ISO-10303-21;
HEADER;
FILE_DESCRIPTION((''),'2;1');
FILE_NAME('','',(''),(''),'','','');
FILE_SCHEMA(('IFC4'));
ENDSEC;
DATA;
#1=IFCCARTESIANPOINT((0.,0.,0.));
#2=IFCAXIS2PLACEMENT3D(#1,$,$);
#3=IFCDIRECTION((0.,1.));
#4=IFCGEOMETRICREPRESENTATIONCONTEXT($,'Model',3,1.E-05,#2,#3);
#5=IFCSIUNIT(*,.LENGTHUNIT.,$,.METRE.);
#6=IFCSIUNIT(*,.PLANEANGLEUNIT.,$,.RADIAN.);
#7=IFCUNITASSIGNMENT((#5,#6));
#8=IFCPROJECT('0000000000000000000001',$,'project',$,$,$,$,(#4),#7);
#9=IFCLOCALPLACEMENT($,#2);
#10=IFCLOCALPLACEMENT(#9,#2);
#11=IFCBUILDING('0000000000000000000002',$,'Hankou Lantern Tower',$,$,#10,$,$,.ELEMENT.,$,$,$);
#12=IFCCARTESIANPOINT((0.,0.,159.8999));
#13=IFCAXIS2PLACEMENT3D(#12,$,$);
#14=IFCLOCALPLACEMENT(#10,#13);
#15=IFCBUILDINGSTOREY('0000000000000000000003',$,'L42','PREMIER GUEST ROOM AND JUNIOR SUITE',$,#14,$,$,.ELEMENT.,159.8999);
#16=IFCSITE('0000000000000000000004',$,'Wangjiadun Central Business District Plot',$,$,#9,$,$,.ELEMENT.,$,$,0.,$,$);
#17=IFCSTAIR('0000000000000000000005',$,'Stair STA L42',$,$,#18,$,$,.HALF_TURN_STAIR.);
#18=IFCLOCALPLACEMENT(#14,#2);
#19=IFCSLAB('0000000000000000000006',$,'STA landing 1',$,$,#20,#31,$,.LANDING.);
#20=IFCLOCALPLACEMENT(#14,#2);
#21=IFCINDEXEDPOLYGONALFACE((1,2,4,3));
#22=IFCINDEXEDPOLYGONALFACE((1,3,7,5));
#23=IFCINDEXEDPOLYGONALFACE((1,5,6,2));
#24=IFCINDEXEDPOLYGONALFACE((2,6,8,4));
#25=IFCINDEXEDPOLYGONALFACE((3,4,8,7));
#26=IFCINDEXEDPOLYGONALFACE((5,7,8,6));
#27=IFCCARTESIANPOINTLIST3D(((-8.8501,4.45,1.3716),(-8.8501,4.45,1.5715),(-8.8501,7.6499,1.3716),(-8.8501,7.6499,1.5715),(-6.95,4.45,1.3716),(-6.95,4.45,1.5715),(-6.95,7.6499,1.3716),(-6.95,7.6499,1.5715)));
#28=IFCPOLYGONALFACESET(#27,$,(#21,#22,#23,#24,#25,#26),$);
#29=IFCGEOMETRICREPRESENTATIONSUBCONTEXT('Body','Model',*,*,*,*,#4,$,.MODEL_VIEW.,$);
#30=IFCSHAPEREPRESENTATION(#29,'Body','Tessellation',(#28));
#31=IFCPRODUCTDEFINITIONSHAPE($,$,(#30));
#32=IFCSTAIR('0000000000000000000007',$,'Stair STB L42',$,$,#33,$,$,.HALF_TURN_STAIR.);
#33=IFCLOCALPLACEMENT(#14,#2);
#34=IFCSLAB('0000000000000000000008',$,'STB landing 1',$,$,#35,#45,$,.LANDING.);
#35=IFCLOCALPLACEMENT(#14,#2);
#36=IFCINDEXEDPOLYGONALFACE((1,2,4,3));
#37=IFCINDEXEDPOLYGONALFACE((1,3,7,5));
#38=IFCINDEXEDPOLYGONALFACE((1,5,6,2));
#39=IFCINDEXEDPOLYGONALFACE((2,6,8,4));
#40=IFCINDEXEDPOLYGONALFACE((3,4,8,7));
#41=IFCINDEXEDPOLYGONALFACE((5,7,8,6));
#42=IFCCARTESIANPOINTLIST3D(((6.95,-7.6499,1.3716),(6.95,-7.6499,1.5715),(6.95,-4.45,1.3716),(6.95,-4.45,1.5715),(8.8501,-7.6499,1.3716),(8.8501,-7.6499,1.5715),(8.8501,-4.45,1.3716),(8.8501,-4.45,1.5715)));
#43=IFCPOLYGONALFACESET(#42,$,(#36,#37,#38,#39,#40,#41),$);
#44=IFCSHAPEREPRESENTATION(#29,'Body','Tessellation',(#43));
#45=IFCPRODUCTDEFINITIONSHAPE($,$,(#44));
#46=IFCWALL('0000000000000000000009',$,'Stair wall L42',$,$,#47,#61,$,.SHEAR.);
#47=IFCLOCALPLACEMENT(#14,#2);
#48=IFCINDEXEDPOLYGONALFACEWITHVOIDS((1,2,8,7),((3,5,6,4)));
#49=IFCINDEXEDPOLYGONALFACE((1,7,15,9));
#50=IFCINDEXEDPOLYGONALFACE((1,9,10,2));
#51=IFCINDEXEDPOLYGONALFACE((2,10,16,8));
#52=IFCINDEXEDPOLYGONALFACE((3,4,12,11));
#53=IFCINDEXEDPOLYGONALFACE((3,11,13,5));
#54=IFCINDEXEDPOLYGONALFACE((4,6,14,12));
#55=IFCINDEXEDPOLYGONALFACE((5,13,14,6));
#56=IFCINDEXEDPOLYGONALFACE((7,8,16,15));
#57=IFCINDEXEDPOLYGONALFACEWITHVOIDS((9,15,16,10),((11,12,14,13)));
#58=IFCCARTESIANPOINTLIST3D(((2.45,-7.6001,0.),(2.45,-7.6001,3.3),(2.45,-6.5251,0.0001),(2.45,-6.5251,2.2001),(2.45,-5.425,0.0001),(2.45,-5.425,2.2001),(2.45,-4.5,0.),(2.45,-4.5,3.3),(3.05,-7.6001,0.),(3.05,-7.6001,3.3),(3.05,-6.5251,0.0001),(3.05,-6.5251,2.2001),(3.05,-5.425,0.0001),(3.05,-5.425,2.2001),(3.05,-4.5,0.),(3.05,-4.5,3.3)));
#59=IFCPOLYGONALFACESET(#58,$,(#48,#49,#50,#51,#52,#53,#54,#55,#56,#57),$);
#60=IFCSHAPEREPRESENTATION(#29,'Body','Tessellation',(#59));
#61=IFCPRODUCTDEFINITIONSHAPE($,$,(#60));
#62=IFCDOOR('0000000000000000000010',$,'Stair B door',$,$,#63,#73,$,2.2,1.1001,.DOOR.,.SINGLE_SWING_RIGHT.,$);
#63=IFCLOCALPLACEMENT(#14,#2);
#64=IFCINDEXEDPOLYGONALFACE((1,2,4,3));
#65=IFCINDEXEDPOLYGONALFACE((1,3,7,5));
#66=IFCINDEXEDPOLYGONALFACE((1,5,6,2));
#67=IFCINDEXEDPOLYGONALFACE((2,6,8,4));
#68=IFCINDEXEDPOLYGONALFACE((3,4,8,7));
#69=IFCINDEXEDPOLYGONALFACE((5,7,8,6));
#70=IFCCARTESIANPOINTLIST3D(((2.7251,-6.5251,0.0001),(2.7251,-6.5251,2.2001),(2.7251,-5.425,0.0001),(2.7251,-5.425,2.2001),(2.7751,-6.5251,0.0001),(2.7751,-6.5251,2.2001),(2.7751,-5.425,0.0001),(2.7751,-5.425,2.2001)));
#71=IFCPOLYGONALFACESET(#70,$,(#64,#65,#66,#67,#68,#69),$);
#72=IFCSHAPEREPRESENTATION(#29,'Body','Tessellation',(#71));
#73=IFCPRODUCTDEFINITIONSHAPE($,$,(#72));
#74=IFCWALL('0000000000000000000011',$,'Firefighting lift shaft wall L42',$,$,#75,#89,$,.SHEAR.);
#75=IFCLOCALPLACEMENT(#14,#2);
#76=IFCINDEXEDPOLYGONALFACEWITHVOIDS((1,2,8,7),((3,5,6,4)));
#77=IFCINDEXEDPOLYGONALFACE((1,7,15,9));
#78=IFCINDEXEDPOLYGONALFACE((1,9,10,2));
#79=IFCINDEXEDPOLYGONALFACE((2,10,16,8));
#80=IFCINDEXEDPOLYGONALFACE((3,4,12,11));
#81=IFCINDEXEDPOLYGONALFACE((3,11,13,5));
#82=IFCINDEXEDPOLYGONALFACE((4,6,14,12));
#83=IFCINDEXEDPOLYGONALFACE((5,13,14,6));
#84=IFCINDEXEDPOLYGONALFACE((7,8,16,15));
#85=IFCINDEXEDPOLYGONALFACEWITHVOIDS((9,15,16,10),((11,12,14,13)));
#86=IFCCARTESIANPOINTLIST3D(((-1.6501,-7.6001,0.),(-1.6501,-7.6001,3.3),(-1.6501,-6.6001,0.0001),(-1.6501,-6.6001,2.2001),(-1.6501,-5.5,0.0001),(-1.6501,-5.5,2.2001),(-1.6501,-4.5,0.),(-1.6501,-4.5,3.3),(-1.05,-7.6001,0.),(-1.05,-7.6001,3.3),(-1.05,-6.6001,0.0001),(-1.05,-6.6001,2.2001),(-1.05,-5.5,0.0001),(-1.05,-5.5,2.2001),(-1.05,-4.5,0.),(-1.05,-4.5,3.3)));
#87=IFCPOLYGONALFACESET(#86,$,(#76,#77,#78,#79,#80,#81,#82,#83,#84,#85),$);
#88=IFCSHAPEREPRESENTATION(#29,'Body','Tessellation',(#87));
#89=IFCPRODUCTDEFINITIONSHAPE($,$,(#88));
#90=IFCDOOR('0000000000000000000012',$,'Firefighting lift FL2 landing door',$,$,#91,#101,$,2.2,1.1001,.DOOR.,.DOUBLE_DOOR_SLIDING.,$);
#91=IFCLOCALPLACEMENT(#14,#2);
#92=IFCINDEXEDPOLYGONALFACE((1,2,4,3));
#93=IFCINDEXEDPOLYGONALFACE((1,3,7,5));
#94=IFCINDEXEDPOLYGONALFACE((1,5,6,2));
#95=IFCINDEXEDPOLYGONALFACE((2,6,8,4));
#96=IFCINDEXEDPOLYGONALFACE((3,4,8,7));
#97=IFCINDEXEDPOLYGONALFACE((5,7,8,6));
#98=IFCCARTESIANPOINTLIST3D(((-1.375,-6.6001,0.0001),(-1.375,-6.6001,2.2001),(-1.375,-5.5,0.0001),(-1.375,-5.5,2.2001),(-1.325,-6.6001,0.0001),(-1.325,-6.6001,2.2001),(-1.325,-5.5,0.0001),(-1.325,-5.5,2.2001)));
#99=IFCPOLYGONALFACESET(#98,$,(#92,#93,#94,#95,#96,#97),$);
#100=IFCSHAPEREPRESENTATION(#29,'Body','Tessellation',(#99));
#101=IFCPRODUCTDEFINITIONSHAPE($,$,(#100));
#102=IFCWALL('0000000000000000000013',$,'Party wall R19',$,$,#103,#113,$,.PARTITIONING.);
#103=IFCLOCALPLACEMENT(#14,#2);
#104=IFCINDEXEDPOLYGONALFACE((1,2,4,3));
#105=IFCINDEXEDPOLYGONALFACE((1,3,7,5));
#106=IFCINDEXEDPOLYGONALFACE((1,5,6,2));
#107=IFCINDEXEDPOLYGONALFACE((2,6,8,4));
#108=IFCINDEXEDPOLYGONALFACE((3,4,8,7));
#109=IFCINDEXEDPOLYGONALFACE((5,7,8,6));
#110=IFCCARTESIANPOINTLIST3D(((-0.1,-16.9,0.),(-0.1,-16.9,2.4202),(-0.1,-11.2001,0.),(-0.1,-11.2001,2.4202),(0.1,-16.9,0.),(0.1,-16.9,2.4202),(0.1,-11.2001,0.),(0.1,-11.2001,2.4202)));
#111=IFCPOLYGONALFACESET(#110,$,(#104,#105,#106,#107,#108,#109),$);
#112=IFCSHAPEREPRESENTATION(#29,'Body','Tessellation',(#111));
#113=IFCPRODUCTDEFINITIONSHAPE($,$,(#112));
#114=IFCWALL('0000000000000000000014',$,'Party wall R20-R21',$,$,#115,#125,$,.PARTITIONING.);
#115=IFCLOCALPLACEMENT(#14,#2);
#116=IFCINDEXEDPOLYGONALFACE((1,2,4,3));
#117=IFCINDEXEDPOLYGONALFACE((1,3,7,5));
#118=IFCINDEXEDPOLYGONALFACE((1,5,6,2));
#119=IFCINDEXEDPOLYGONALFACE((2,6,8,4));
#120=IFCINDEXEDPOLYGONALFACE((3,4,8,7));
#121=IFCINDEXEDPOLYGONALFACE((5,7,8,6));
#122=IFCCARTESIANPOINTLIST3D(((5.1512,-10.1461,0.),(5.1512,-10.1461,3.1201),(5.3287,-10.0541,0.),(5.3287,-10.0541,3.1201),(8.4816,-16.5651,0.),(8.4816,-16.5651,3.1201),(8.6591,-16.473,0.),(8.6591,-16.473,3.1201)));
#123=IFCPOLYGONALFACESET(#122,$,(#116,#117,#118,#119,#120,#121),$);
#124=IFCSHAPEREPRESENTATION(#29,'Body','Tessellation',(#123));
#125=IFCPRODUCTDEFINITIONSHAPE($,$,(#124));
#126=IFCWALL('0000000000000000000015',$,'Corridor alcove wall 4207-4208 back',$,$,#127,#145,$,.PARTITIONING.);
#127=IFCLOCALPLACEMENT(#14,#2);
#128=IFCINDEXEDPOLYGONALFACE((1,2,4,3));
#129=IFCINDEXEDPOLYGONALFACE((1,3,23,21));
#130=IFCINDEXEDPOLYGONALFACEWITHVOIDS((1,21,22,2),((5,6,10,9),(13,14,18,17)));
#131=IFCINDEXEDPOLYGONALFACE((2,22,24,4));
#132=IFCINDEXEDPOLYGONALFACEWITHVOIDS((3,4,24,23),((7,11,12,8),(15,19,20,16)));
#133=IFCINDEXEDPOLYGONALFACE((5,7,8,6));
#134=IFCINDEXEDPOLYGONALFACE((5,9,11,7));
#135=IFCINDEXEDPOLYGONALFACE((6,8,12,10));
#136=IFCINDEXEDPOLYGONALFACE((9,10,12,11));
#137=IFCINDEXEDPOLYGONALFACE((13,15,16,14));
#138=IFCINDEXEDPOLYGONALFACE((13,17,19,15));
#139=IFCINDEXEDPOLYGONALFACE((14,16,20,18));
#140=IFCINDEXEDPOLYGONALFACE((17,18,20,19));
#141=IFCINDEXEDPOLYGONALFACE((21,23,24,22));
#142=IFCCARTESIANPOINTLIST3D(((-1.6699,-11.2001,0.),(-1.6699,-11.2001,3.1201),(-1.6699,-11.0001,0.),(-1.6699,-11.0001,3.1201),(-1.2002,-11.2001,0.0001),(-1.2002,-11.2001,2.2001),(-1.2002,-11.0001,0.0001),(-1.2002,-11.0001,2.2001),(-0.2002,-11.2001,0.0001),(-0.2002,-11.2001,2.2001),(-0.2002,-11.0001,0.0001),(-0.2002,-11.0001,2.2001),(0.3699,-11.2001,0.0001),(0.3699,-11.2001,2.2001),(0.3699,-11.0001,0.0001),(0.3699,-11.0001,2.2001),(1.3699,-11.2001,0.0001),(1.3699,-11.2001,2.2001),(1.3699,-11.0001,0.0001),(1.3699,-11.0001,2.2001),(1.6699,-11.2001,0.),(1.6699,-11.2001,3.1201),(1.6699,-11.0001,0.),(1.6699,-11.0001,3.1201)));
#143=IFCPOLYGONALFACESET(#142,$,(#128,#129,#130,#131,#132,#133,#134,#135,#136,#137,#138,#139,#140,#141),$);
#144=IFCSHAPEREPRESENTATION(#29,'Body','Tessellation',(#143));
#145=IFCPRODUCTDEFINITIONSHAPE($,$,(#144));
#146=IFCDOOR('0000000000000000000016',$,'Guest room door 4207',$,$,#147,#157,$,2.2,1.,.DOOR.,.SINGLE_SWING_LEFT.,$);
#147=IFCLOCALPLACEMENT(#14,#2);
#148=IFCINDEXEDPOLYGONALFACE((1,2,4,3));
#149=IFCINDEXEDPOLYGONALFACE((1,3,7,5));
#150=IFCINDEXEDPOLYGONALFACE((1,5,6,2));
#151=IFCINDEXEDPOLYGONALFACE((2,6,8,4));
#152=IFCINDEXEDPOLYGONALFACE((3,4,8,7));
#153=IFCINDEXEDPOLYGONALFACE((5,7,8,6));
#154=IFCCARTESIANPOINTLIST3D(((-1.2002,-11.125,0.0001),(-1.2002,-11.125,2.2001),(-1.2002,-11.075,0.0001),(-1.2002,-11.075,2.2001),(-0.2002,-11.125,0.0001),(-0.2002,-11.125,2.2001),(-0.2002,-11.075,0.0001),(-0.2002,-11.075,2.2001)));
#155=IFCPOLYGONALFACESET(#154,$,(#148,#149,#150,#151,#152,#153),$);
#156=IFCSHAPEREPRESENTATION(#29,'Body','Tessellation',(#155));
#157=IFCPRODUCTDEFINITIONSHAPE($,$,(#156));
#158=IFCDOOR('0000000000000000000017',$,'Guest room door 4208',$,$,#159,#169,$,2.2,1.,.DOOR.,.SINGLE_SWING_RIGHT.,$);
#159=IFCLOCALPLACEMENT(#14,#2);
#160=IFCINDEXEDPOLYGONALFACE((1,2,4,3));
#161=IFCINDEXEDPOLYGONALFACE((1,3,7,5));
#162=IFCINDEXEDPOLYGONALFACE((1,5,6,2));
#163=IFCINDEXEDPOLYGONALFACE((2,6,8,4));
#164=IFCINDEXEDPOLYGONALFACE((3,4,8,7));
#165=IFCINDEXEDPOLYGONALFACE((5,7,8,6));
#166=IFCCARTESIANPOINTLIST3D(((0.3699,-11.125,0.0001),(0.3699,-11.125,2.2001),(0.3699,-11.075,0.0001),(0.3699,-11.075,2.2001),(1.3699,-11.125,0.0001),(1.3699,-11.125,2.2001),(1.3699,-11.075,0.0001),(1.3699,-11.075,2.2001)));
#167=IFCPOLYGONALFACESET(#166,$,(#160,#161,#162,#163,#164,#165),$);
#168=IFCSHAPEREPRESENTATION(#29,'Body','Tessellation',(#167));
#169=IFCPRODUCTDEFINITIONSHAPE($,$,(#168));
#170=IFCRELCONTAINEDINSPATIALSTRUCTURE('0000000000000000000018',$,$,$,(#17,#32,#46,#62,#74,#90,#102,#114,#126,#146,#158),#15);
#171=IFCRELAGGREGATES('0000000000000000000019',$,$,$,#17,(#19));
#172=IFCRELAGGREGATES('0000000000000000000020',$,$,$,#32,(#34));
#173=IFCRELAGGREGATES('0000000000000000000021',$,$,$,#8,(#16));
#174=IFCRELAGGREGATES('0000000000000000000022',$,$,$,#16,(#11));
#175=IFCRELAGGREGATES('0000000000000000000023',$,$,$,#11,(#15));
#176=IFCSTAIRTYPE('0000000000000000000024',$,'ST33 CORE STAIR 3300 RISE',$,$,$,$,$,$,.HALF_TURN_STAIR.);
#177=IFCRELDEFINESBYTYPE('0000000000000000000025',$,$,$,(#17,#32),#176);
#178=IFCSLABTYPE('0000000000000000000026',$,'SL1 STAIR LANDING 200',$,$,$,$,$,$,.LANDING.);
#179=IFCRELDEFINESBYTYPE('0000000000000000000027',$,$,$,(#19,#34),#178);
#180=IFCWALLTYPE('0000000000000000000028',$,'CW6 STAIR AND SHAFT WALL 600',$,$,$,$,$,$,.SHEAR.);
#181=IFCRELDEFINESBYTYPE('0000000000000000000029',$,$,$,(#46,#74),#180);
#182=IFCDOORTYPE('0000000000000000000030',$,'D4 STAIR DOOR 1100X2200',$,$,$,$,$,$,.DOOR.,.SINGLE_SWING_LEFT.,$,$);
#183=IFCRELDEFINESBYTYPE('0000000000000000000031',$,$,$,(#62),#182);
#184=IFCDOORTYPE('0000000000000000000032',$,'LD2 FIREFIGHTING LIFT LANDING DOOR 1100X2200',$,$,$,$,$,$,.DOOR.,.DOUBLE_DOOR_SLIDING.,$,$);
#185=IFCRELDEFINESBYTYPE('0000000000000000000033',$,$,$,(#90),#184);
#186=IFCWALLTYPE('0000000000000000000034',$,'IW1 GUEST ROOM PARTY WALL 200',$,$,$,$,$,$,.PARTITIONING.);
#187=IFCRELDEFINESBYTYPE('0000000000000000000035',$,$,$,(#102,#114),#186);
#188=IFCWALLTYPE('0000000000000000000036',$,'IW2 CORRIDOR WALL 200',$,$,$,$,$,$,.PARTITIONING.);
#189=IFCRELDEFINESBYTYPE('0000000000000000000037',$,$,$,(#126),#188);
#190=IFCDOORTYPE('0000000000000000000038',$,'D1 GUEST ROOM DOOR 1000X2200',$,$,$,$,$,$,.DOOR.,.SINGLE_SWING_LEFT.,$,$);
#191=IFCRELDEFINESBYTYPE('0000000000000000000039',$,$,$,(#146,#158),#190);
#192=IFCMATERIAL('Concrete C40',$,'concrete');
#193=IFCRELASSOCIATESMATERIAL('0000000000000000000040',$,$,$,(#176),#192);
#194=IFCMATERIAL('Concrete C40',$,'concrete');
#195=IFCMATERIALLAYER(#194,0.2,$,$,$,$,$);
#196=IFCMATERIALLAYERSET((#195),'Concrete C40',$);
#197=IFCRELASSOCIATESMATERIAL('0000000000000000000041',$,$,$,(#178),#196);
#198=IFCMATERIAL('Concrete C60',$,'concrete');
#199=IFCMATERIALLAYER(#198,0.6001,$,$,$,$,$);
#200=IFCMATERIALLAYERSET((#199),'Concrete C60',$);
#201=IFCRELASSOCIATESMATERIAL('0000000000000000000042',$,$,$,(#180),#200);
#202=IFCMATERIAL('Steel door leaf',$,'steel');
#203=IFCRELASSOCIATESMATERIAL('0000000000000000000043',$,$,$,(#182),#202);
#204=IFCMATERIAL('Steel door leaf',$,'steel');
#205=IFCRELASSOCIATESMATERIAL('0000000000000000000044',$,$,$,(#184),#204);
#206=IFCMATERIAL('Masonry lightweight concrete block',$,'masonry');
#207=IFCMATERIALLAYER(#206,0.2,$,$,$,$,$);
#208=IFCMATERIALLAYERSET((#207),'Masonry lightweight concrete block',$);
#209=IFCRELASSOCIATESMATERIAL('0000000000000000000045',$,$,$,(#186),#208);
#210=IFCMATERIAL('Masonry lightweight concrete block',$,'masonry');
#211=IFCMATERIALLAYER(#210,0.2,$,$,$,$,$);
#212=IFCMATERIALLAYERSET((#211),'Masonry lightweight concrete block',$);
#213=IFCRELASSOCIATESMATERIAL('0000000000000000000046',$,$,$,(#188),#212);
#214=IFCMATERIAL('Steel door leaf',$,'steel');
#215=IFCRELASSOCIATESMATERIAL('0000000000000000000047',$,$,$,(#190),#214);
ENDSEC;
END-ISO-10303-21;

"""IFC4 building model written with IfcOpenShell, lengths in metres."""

from ifc_helpers import new_model, si_unit, direction, frame, frame_2d, origin, place, context, subcontext, project, spatial, polyline, rectangle, outline, extrude, material, layer, layer_set, type_object, element, fill, aggregate, save


model = new_model("IFC4")

# Units and contexts
model_context = context("Model", 3, precision=1e-05, world=origin(), true_north=direction((0.0, 1.0)))
body_context = subcontext(model_context, "Body", "Model", "MODEL_VIEW")
ifc_project = project(units=[si_unit("LENGTHUNIT", "METRE"), si_unit("PLANEANGLEUNIT", "RADIAN")], contexts=[model_context])

# Site, building, storey
site_placement = place(None, origin())
site = spatial("IfcSite", under=ifc_project, at=site_placement, Name="Wangjiadun Central Business District Plot", CompositionType="ELEMENT", RefElevation=0.0)
building_placement = place(site_placement, origin())
building = spatial("IfcBuilding", under=site, at=building_placement, Name="Hankou Lantern Tower", CompositionType="ELEMENT")
storey_placement = place(building_placement, frame((0.0, 0.0, 159.8999)))
storey = spatial("IfcBuildingStorey", under=building, at=storey_placement, Name="L42", Description="PREMIER GUEST ROOM AND JUNIOR SUITE", CompositionType="ELEMENT", Elevation=159.8999)

# Stairs, slabs
ifc_material_1 = material(Name="Concrete C40", Category="concrete")
stair_type = type_object("IfcStairType", Name="ST33 CORE STAIR 3300 RISE", PredefinedType="HALF_TURN_STAIR", material=ifc_material_1)
stair_1_placement = place(storey_placement, origin())
stair_1 = element("IfcStair", 1, at=stair_1_placement, inside=storey, type_object=stair_type, Name="Stair STA L42", PredefinedType="HALF_TURN_STAIR")
ifc_material_2 = material(Name="Concrete C40", Category="concrete")
ifc_layer_1 = layer(ifc_material_2, 0.2)
ifc_layer_set_1 = layer_set([ifc_layer_1], Name="Concrete C40")
slab_type_1 = type_object("IfcSlabType", Name="SL1 STAIR LANDING 200", PredefinedType="LANDING", material=ifc_layer_set_1)
slab_1_placement = place(storey_placement, frame((0.0, 0.0, 1.3716)))
slab_1 = element("IfcSlab", 2, at=slab_1_placement, type_object=slab_type_1, Name="STA landing 1", PredefinedType="LANDING", context=body_context, shape_type="SweptSolid", body=[
    extrude(outline(polyline([(-8.8501, 4.45), (-6.95, 4.45), (-6.95, 7.6499), (-8.8501, 7.6499), (-8.8501, 4.45)])), origin(), (0.0, 0.0, 1.0), 0.2),
])
aggregate(stair_1, [slab_1])
stair_2_placement = place(storey_placement, origin())
stair_2 = element("IfcStair", 3, at=stair_2_placement, inside=storey, type_object=stair_type, Name="Stair STB L42", PredefinedType="HALF_TURN_STAIR")
slab_2_placement = place(storey_placement, frame((0.0, 0.0, 1.3716)))
slab_2 = element("IfcSlab", 4, at=slab_2_placement, type_object=slab_type_1, Name="STB landing 1", PredefinedType="LANDING", context=body_context, shape_type="SweptSolid", body=[
    extrude(outline(polyline([(8.8501, -4.45), (6.95, -4.45), (6.95, -7.6499), (8.8501, -7.6499), (8.8501, -4.45)])), origin(), (0.0, 0.0, 1.0), 0.2),
])

# Walls, openings, doors
ifc_material_3 = material(Name="Concrete C60", Category="concrete")
ifc_layer_2 = layer(ifc_material_3, 0.6001)
ifc_layer_set_2 = layer_set([ifc_layer_2], Name="Concrete C60")
wall_type_1 = type_object("IfcWallType", Name="CW6 STAIR AND SHAFT WALL 600", PredefinedType="SHEAR", material=ifc_layer_set_2)
wall_1_placement = place(storey_placement, frame((2.75, -7.6001, 0.0), z_axis=(0.0, 0.0, 1.0), x_axis=(0.0, 1.0, 0.0)))
wall_1 = element("IfcWall", 5, at=wall_1_placement, inside=storey, type_object=wall_type_1, Name="Stair wall L42", PredefinedType="SHEAR", context=body_context, shape_type="SweptSolid", body=[
    extrude(rectangle(XDim=3.1001, YDim=0.6001, at=frame_2d((1.55, 0.0))), origin(), (0.0, 0.0, 1.0), 3.3),
])
opening_1_placement = place(wall_1_placement, frame((1.075, 0.0, 0.0)))
opening_1 = element("IfcOpeningElement", 6, at=opening_1_placement, cuts=wall_1, PredefinedType="OPENING", context=body_context, shape_type="SweptSolid", body=[
    extrude(rectangle(XDim=1.1001, YDim=2.2, at=frame_2d((0.55, 1.1001))), frame((0.0, 0.3101, 0.0), z_axis=(0.0, -1.0, 0.0), x_axis=(1.0, 0.0, 0.0)), (0.0, 0.0, 1.0), 0.6201),
])
ifc_material_4 = material(Name="Steel door leaf", Category="steel")
door_type_1 = type_object("IfcDoorType", Name="D4 STAIR DOOR 1100X2200", OperationType="SINGLE_SWING_LEFT", PredefinedType="DOOR", material=ifc_material_4)
door_1_placement = place(opening_1_placement, origin())
door_1 = element("IfcDoor", 7, at=door_1_placement, inside=storey, type_object=door_type_1, Name="Stair B door", OperationType="SINGLE_SWING_RIGHT", OverallHeight=2.2, OverallWidth=1.1001, PredefinedType="DOOR", context=body_context, shape_type="SweptSolid", body=[
    extrude(rectangle(XDim=1.1001, YDim=2.2, at=frame_2d((0.55, 1.1001))), frame((0.0, 0.0249, 0.0), z_axis=(0.0, -1.0, 0.0), x_axis=(1.0, 0.0, 0.0)), (0.0, 0.0, 1.0), 0.05),
])
fill(opening_1, door_1)
wall_2_placement = place(storey_placement, frame((-1.3501, -7.6001, 0.0), z_axis=(0.0, 0.0, 1.0), x_axis=(0.0, 1.0, 0.0)))
wall_2 = element("IfcWall", 8, at=wall_2_placement, inside=storey, type_object=wall_type_1, Name="Firefighting lift shaft wall L42", PredefinedType="SHEAR", context=body_context, shape_type="SweptSolid", body=[
    extrude(rectangle(XDim=3.1001, YDim=0.6001, at=frame_2d((1.55, 0.0))), origin(), (0.0, 0.0, 1.0), 3.3),
])
opening_2_placement = place(wall_2_placement, frame((1.0, 0.0, 0.0)))
opening_2 = element("IfcOpeningElement", 9, at=opening_2_placement, cuts=wall_2, PredefinedType="OPENING", context=body_context, shape_type="SweptSolid", body=[
    extrude(rectangle(XDim=1.1001, YDim=2.2, at=frame_2d((0.55, 1.1001))), frame((0.0, 0.3101, 0.0), z_axis=(0.0, -1.0, 0.0), x_axis=(1.0, 0.0, 0.0)), (0.0, 0.0, 1.0), 0.6201),
])
ifc_material_5 = material(Name="Steel door leaf", Category="steel")
door_type_2 = type_object("IfcDoorType", Name="LD2 FIREFIGHTING LIFT LANDING DOOR 1100X2200", OperationType="DOUBLE_DOOR_SLIDING", PredefinedType="DOOR", material=ifc_material_5)
door_2_placement = place(opening_2_placement, origin())
door_2 = element("IfcDoor", 10, at=door_2_placement, inside=storey, type_object=door_type_2, Name="Firefighting lift FL2 landing door", OperationType="DOUBLE_DOOR_SLIDING", OverallHeight=2.2, OverallWidth=1.1001, PredefinedType="DOOR", context=body_context, shape_type="SweptSolid", body=[
    extrude(rectangle(XDim=1.1001, YDim=2.2, at=frame_2d((0.55, 1.1001))), frame((0.0, 0.0249, 0.0), z_axis=(0.0, -1.0, 0.0), x_axis=(1.0, 0.0, 0.0)), (0.0, 0.0, 1.0), 0.05),
])
fill(opening_2, door_2)

# Walls
ifc_material_6 = material(Name="Masonry lightweight concrete block", Category="masonry")
ifc_layer_3 = layer(ifc_material_6, 0.2)
ifc_layer_set_3 = layer_set([ifc_layer_3], Name="Masonry lightweight concrete block")
wall_type_2 = type_object("IfcWallType", Name="IW1 GUEST ROOM PARTY WALL 200", PredefinedType="PARTITIONING", material=ifc_layer_set_3)
wall_3_placement = place(storey_placement, frame((0.0, -11.2, 0.0), z_axis=(0.0, 0.0, 1.0), x_axis=(0.0, -1.0, 0.0)))
element("IfcWall", 11, at=wall_3_placement, inside=storey, type_object=wall_type_2, Name="Party wall R19", PredefinedType="PARTITIONING", context=body_context, shape_type="SweptSolid", body=[
    extrude(rectangle(XDim=5.7, YDim=0.2, at=frame_2d((2.8501, 0.0))), origin(), (0.0, 0.0, 1.0), 2.4202),
])
wall_4_placement = place(storey_placement, frame((5.24, -10.1001, 0.0), z_axis=(0.0, 0.0, 1.0), x_axis=(0.460533, -0.887643, 0.0)))
element("IfcWall", 12, at=wall_4_placement, inside=storey, type_object=wall_type_2, Name="Party wall R20-R21", PredefinedType="PARTITIONING", context=body_context, shape_type="SweptSolid", body=[
    extrude(rectangle(XDim=7.2314, YDim=0.2, at=frame_2d((3.6157, 0.0))), origin(), (0.0, 0.0, 1.0), 3.1201),
])

# Wall, openings, doors
ifc_material_7 = material(Name="Masonry lightweight concrete block", Category="masonry")
ifc_layer_4 = layer(ifc_material_7, 0.2)
ifc_layer_set_4 = layer_set([ifc_layer_4], Name="Masonry lightweight concrete block")
wall_type_3 = type_object("IfcWallType", Name="IW2 CORRIDOR WALL 200", PredefinedType="PARTITIONING", material=ifc_layer_set_4)
wall_5_placement = place(storey_placement, frame((1.6699, -11.1001, 0.0), z_axis=(0.0, 0.0, 1.0), x_axis=(-1.0, 0.0, 0.0)))
wall_5 = element("IfcWall", 13, at=wall_5_placement, inside=storey, type_object=wall_type_3, Name="Corridor alcove wall 4207-4208 back", PredefinedType="PARTITIONING", context=body_context, shape_type="SweptSolid", body=[
    extrude(rectangle(XDim=3.3398, YDim=0.2, at=frame_2d((1.6699, 0.0))), origin(), (0.0, 0.0, 1.0), 3.1201),
])
opening_3_placement = place(wall_5_placement, frame((1.8701, 0.0, 0.0)))
opening_3 = element("IfcOpeningElement", 14, at=opening_3_placement, cuts=wall_5, PredefinedType="OPENING", context=body_context, shape_type="SweptSolid", body=[
    extrude(rectangle(XDim=1.0, YDim=2.2, at=frame_2d((0.5, 1.1001))), frame((0.0, 0.1099, 0.0), z_axis=(0.0, -1.0, 0.0), x_axis=(1.0, 0.0, 0.0)), (0.0, 0.0, 1.0), 0.22),
])
opening_4_placement = place(wall_5_placement, frame((0.3, 0.0, 0.0)))
opening_4 = element("IfcOpeningElement", 15, at=opening_4_placement, cuts=wall_5, PredefinedType="OPENING", context=body_context, shape_type="SweptSolid", body=[
    extrude(rectangle(XDim=1.0, YDim=2.2, at=frame_2d((0.5, 1.1001))), frame((0.0, 0.1099, 0.0), z_axis=(0.0, -1.0, 0.0), x_axis=(1.0, 0.0, 0.0)), (0.0, 0.0, 1.0), 0.22),
])
ifc_material_8 = material(Name="Steel door leaf", Category="steel")
door_type_3 = type_object("IfcDoorType", Name="D1 GUEST ROOM DOOR 1000X2200", OperationType="SINGLE_SWING_LEFT", PredefinedType="DOOR", material=ifc_material_8)
door_3_placement = place(opening_3_placement, origin())
door_3 = element("IfcDoor", 16, at=door_3_placement, inside=storey, type_object=door_type_3, Name="Guest room door 4207", OperationType="SINGLE_SWING_LEFT", OverallHeight=2.2, OverallWidth=1.0, PredefinedType="DOOR", context=body_context, shape_type="SweptSolid", body=[
    extrude(rectangle(XDim=1.0, YDim=2.2, at=frame_2d((0.5, 1.1001))), frame((0.0, 0.0249, 0.0), z_axis=(0.0, -1.0, 0.0), x_axis=(1.0, 0.0, 0.0)), (0.0, 0.0, 1.0), 0.05),
])
fill(opening_3, door_3)
door_4_placement = place(opening_4_placement, origin())
door_4 = element("IfcDoor", 17, at=door_4_placement, inside=storey, type_object=door_type_3, Name="Guest room door 4208", OperationType="SINGLE_SWING_RIGHT", OverallHeight=2.2, OverallWidth=1.0, PredefinedType="DOOR", context=body_context, shape_type="SweptSolid", body=[
    extrude(rectangle(XDim=1.0, YDim=2.2, at=frame_2d((0.5, 1.1001))), frame((0.0, 0.0249, 0.0), z_axis=(0.0, -1.0, 0.0), x_axis=(1.0, 0.0, 0.0)), (0.0, 0.0, 1.0), 0.05),
])
fill(opening_4, door_4)

aggregate(stair_2, [slab_2])

save(model, "model.ifc")
